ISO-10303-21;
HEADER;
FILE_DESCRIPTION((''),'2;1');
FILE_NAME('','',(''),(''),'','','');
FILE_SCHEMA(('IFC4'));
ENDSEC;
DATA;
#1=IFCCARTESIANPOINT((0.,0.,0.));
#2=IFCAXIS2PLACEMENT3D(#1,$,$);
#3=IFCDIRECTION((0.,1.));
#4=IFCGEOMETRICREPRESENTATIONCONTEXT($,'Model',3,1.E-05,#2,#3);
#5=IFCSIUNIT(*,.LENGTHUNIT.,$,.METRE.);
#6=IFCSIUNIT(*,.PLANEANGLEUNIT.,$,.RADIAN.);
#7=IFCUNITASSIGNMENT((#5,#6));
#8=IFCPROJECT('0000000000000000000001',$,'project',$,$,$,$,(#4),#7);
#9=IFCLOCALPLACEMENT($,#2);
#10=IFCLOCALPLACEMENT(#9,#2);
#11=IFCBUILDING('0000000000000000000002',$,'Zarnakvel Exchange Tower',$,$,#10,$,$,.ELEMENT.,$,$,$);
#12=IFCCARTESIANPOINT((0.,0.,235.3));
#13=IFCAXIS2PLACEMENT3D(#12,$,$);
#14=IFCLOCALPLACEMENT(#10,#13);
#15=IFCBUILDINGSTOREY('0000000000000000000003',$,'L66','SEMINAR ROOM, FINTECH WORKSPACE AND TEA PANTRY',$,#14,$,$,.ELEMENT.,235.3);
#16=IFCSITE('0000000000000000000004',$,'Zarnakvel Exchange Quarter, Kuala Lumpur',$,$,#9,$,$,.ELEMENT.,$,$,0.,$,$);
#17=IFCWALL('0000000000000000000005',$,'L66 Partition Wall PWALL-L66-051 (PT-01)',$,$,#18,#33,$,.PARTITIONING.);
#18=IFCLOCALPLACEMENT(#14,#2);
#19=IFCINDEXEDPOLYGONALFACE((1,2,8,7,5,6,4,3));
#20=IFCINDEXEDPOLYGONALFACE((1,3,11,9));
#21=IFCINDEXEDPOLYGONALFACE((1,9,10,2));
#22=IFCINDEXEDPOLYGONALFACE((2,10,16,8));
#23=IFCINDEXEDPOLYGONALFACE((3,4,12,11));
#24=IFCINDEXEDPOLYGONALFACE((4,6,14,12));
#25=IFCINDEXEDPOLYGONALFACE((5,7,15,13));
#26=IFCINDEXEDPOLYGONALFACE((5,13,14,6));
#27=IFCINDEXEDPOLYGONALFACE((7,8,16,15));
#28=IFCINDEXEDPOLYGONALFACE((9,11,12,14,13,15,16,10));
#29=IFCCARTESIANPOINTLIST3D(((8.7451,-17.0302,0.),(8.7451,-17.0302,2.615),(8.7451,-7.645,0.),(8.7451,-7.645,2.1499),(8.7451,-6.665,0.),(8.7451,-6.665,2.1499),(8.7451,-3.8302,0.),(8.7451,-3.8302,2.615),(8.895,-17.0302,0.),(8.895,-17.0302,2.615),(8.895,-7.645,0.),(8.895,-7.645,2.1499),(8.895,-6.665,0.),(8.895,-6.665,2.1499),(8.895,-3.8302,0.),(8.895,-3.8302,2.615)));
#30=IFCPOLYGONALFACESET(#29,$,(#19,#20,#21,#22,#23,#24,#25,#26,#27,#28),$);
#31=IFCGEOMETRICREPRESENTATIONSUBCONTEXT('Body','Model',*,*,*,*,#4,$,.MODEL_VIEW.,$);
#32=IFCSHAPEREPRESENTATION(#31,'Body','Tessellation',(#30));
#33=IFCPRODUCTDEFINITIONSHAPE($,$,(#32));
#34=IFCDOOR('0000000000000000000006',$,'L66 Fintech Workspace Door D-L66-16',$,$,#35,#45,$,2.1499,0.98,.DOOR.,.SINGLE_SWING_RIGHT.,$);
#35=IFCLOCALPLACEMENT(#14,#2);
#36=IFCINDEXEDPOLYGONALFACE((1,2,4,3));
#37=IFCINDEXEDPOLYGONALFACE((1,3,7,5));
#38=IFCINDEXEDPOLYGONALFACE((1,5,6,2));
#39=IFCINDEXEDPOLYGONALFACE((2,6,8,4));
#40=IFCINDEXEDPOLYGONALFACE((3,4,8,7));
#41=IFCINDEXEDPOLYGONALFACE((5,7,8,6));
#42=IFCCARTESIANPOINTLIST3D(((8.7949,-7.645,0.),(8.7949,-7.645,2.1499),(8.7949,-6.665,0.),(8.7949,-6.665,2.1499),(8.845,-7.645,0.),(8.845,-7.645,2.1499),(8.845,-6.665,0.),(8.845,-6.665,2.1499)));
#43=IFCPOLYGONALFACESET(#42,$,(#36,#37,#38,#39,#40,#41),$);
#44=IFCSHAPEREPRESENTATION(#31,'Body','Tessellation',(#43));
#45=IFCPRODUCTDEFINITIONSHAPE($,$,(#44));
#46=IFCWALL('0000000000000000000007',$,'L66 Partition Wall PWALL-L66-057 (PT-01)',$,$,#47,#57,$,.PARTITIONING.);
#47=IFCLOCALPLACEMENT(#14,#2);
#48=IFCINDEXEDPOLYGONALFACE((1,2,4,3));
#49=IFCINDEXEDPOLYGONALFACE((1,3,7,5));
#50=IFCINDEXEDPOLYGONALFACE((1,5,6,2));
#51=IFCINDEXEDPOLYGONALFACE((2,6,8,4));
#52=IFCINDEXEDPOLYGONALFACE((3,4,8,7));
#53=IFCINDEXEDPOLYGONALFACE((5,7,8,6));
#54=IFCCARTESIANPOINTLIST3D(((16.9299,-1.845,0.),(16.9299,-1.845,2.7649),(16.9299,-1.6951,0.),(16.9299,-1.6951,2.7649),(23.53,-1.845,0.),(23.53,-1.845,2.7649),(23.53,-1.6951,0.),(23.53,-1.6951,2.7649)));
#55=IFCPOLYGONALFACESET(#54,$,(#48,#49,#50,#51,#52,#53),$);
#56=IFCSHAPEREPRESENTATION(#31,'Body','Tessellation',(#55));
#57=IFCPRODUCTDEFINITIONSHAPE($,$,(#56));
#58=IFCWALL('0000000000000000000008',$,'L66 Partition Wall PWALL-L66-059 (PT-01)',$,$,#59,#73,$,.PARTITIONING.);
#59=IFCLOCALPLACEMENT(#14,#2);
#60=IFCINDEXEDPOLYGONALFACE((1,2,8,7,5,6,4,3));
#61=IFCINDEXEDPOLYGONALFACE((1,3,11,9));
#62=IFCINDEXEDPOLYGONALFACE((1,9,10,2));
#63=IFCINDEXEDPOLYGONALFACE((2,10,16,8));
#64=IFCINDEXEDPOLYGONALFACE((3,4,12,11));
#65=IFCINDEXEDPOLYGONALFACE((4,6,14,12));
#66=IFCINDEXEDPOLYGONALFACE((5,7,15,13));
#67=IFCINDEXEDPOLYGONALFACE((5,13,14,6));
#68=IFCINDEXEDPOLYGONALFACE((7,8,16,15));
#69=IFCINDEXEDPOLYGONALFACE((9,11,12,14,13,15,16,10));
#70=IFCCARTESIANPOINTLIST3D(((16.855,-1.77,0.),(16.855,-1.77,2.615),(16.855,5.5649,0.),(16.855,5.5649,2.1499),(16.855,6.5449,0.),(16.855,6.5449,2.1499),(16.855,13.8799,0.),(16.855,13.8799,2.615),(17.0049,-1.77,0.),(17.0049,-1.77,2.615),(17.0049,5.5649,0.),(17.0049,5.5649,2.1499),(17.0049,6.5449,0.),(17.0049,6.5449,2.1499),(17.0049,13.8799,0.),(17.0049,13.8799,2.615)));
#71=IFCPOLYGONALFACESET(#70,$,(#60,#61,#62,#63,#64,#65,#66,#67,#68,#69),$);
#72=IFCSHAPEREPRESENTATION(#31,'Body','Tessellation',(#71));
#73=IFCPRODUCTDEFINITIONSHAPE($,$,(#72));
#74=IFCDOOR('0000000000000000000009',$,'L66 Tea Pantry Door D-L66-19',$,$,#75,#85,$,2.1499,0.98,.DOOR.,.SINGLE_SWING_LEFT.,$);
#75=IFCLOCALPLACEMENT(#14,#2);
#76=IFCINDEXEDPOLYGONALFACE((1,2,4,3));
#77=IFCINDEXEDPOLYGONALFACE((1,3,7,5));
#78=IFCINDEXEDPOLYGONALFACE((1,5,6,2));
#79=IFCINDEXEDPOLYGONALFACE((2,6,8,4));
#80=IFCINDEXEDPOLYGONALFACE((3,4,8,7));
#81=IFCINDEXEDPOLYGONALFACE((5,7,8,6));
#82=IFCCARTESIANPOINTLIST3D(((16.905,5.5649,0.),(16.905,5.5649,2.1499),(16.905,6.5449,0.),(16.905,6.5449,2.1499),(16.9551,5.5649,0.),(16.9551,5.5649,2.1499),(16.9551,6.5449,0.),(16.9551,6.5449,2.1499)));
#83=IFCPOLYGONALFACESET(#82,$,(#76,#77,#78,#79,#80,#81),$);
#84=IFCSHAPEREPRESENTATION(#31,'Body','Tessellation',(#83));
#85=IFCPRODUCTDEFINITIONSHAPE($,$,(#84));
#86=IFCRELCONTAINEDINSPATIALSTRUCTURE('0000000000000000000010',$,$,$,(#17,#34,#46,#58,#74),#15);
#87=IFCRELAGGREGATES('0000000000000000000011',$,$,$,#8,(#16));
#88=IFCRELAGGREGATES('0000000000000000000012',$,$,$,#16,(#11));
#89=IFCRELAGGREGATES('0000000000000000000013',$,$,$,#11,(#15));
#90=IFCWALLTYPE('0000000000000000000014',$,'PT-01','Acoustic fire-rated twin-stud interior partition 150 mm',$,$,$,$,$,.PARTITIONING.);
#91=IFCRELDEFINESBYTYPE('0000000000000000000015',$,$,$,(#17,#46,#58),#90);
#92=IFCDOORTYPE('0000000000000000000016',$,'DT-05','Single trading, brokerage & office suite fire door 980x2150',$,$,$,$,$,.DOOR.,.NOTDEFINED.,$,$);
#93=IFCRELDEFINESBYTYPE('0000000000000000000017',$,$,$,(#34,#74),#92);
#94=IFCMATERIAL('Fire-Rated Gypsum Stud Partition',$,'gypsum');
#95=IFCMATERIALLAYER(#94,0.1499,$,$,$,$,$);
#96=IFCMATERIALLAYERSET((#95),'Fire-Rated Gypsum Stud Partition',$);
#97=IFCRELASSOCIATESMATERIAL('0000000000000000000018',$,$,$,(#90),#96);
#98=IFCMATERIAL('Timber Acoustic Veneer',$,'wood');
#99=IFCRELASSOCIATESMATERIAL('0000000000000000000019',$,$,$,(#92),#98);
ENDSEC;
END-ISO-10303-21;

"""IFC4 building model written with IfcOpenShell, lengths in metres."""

from ifc_helpers import new_model, si_unit, direction, frame, frame_2d, origin, place, context, subcontext, project, spatial, rectangle, extrude, source, transform, mapped, material, layer, layer_set, type_object, element, fill, save


model = new_model("IFC4")

# Units and contexts
model_context = context("Model", 3, precision=1e-05, world=origin(), true_north=direction((0.0, 1.0)))
body_context = subcontext(model_context, "Body", "Model", "MODEL_VIEW")
ifc_project = project(units=[si_unit("LENGTHUNIT", "METRE"), si_unit("PLANEANGLEUNIT", "RADIAN")], contexts=[model_context])

# Site, building, storey
site_placement = place(None, origin())
site = spatial("IfcSite", under=ifc_project, at=site_placement, Name="Zarnakvel Exchange Quarter, Kuala Lumpur", CompositionType="ELEMENT", RefElevation=0.0)
building_placement = place(site_placement, origin())
building = spatial("IfcBuilding", under=site, at=building_placement, Name="Zarnakvel Exchange Tower", CompositionType="ELEMENT")
storey_placement = place(building_placement, frame((0.0, 0.0, 235.3)))
storey = spatial("IfcBuildingStorey", under=building, at=storey_placement, Name="L66", Description="SEMINAR ROOM, FINTECH WORKSPACE AND TEA PANTRY", CompositionType="ELEMENT", Elevation=235.3)

# Shared definitions
ifc_material_1 = material(Name="Fire-Rated Gypsum Stud Partition", Category="gypsum")
ifc_layer_1 = layer(ifc_material_1, 0.1499)
ifc_layer_set_1 = layer_set([ifc_layer_1], Name="Fire-Rated Gypsum Stud Partition")
wall_type_1 = type_object("IfcWallType", Name="PT-01", Description="Acoustic fire-rated twin-stud interior partition 150 mm", PredefinedType="PARTITIONING", material=ifc_layer_set_1)

# Wall, opening, door
wall_1_placement = place(storey_placement, frame((8.8201, -3.8301, 0.0), z_axis=(0.0, 0.0, 1.0), x_axis=(0.0, -1.0, 0.0)))
wall_1 = element("IfcWall", 1, at=wall_1_placement, inside=storey, type_object=wall_type_1, Name="L66 Partition Wall PWALL-L66-051 (PT-01)", PredefinedType="PARTITIONING", context=body_context, shape_type="SweptSolid", body=[
    extrude(rectangle(XDim=13.2, YDim=0.1499, at=frame_2d((6.6001, 0.0))), origin(), (0.0, 0.0, 1.0), 2.615),
])
opening_1_placement = place(wall_1_placement, frame((2.835, 0.0, 0.0)))
opening_1 = element("IfcOpeningElement", 2, at=opening_1_placement, cuts=wall_1, PredefinedType="OPENING", context=body_context, shape_type="SweptSolid", body=[
    extrude(rectangle(XDim=0.98, YDim=2.1499, at=frame_2d((0.49, 1.075))), frame((0.0, 0.085, 0.0), z_axis=(0.0, -1.0, 0.0), x_axis=(1.0, 0.0, 0.0)), (0.0, 0.0, 1.0), 0.1699),
])
ifc_material_2 = material(Name="Timber Acoustic Veneer", Category="wood")
door_type_1 = type_object("IfcDoorType", Name="DT-05", Description="Single trading, brokerage & office suite fire door 980x2150", OperationType="NOTDEFINED", PredefinedType="DOOR", material=ifc_material_2)
shared_shape_1 = source(origin(), body_context, "Body", "SweptSolid", [
    extrude(rectangle(XDim=0.98, YDim=2.1499, at=frame_2d((0.49, 1.075))), frame((0.0, 0.0249, 0.0), z_axis=(0.0, -1.0, 0.0), x_axis=(1.0, 0.0, 0.0)), (0.0, 0.0, 1.0), 0.05),
])
door_1_placement = place(opening_1_placement, origin())
door_1 = element("IfcDoor", 3, at=door_1_placement, inside=storey, type_object=door_type_1, Name="L66 Fintech Workspace Door D-L66-16", OperationType="SINGLE_SWING_RIGHT", OverallHeight=2.1499, OverallWidth=0.98, PredefinedType="DOOR", context=body_context, shape_type="MappedRepresentation", body=[
    mapped(shared_shape_1, transform((0.0, 0.0, 0.0), x_axis=(1.0, 0.0, 0.0), y_axis=(0.0, 1.0, 0.0), z_axis=(0.0, 0.0, 1.0), scale=1.0)),
])
fill(opening_1, door_1)

# Wall
wall_2_placement = place(storey_placement, frame((23.53, -1.77, 0.0), z_axis=(0.0, 0.0, 1.0), x_axis=(-1.0, 0.0, 0.0)))
element("IfcWall", 4, at=wall_2_placement, inside=storey, type_object=wall_type_1, Name="L66 Partition Wall PWALL-L66-057 (PT-01)", PredefinedType="PARTITIONING", context=body_context, shape_type="SweptSolid", body=[
    extrude(rectangle(XDim=6.6001, YDim=0.1499, at=frame_2d((3.3, 0.0))), origin(), (0.0, 0.0, 1.0), 2.7649),
])

# Wall, opening, door
wall_3_placement = place(storey_placement, frame((16.9299, -1.77, 0.0), z_axis=(0.0, 0.0, 1.0), x_axis=(0.0, 1.0, 0.0)))
wall_3 = element("IfcWall", 5, at=wall_3_placement, inside=storey, type_object=wall_type_1, Name="L66 Partition Wall PWALL-L66-059 (PT-01)", PredefinedType="PARTITIONING", context=body_context, shape_type="SweptSolid", body=[
    extrude(rectangle(XDim=15.6499, YDim=0.1499, at=frame_2d((7.825, 0.0))), origin(), (0.0, 0.0, 1.0), 2.615),
])
opening_2_placement = place(wall_3_placement, frame((7.335, 0.0, 0.0)))
opening_2 = element("IfcOpeningElement", 6, at=opening_2_placement, cuts=wall_3, PredefinedType="OPENING", context=body_context, shape_type="SweptSolid", body=[
    extrude(rectangle(XDim=0.98, YDim=2.1499, at=frame_2d((0.49, 1.075))), frame((0.0, 0.085, 0.0), z_axis=(0.0, -1.0, 0.0), x_axis=(1.0, 0.0, 0.0)), (0.0, 0.0, 1.0), 0.1699),
])
door_2_placement = place(opening_2_placement, origin())
door_2 = element("IfcDoor", 7, at=door_2_placement, inside=storey, type_object=door_type_1, Name="L66 Tea Pantry Door D-L66-19", OperationType="SINGLE_SWING_LEFT", OverallHeight=2.1499, OverallWidth=0.98, PredefinedType="DOOR", context=body_context, shape_type="MappedRepresentation", body=[
    mapped(shared_shape_1, transform((0.0, 0.0, 0.0), x_axis=(1.0, 0.0, 0.0), y_axis=(0.0, 1.0, 0.0), z_axis=(0.0, 0.0, 1.0), scale=1.0)),
])
fill(opening_2, door_2)

save(model, "model.ifc")
